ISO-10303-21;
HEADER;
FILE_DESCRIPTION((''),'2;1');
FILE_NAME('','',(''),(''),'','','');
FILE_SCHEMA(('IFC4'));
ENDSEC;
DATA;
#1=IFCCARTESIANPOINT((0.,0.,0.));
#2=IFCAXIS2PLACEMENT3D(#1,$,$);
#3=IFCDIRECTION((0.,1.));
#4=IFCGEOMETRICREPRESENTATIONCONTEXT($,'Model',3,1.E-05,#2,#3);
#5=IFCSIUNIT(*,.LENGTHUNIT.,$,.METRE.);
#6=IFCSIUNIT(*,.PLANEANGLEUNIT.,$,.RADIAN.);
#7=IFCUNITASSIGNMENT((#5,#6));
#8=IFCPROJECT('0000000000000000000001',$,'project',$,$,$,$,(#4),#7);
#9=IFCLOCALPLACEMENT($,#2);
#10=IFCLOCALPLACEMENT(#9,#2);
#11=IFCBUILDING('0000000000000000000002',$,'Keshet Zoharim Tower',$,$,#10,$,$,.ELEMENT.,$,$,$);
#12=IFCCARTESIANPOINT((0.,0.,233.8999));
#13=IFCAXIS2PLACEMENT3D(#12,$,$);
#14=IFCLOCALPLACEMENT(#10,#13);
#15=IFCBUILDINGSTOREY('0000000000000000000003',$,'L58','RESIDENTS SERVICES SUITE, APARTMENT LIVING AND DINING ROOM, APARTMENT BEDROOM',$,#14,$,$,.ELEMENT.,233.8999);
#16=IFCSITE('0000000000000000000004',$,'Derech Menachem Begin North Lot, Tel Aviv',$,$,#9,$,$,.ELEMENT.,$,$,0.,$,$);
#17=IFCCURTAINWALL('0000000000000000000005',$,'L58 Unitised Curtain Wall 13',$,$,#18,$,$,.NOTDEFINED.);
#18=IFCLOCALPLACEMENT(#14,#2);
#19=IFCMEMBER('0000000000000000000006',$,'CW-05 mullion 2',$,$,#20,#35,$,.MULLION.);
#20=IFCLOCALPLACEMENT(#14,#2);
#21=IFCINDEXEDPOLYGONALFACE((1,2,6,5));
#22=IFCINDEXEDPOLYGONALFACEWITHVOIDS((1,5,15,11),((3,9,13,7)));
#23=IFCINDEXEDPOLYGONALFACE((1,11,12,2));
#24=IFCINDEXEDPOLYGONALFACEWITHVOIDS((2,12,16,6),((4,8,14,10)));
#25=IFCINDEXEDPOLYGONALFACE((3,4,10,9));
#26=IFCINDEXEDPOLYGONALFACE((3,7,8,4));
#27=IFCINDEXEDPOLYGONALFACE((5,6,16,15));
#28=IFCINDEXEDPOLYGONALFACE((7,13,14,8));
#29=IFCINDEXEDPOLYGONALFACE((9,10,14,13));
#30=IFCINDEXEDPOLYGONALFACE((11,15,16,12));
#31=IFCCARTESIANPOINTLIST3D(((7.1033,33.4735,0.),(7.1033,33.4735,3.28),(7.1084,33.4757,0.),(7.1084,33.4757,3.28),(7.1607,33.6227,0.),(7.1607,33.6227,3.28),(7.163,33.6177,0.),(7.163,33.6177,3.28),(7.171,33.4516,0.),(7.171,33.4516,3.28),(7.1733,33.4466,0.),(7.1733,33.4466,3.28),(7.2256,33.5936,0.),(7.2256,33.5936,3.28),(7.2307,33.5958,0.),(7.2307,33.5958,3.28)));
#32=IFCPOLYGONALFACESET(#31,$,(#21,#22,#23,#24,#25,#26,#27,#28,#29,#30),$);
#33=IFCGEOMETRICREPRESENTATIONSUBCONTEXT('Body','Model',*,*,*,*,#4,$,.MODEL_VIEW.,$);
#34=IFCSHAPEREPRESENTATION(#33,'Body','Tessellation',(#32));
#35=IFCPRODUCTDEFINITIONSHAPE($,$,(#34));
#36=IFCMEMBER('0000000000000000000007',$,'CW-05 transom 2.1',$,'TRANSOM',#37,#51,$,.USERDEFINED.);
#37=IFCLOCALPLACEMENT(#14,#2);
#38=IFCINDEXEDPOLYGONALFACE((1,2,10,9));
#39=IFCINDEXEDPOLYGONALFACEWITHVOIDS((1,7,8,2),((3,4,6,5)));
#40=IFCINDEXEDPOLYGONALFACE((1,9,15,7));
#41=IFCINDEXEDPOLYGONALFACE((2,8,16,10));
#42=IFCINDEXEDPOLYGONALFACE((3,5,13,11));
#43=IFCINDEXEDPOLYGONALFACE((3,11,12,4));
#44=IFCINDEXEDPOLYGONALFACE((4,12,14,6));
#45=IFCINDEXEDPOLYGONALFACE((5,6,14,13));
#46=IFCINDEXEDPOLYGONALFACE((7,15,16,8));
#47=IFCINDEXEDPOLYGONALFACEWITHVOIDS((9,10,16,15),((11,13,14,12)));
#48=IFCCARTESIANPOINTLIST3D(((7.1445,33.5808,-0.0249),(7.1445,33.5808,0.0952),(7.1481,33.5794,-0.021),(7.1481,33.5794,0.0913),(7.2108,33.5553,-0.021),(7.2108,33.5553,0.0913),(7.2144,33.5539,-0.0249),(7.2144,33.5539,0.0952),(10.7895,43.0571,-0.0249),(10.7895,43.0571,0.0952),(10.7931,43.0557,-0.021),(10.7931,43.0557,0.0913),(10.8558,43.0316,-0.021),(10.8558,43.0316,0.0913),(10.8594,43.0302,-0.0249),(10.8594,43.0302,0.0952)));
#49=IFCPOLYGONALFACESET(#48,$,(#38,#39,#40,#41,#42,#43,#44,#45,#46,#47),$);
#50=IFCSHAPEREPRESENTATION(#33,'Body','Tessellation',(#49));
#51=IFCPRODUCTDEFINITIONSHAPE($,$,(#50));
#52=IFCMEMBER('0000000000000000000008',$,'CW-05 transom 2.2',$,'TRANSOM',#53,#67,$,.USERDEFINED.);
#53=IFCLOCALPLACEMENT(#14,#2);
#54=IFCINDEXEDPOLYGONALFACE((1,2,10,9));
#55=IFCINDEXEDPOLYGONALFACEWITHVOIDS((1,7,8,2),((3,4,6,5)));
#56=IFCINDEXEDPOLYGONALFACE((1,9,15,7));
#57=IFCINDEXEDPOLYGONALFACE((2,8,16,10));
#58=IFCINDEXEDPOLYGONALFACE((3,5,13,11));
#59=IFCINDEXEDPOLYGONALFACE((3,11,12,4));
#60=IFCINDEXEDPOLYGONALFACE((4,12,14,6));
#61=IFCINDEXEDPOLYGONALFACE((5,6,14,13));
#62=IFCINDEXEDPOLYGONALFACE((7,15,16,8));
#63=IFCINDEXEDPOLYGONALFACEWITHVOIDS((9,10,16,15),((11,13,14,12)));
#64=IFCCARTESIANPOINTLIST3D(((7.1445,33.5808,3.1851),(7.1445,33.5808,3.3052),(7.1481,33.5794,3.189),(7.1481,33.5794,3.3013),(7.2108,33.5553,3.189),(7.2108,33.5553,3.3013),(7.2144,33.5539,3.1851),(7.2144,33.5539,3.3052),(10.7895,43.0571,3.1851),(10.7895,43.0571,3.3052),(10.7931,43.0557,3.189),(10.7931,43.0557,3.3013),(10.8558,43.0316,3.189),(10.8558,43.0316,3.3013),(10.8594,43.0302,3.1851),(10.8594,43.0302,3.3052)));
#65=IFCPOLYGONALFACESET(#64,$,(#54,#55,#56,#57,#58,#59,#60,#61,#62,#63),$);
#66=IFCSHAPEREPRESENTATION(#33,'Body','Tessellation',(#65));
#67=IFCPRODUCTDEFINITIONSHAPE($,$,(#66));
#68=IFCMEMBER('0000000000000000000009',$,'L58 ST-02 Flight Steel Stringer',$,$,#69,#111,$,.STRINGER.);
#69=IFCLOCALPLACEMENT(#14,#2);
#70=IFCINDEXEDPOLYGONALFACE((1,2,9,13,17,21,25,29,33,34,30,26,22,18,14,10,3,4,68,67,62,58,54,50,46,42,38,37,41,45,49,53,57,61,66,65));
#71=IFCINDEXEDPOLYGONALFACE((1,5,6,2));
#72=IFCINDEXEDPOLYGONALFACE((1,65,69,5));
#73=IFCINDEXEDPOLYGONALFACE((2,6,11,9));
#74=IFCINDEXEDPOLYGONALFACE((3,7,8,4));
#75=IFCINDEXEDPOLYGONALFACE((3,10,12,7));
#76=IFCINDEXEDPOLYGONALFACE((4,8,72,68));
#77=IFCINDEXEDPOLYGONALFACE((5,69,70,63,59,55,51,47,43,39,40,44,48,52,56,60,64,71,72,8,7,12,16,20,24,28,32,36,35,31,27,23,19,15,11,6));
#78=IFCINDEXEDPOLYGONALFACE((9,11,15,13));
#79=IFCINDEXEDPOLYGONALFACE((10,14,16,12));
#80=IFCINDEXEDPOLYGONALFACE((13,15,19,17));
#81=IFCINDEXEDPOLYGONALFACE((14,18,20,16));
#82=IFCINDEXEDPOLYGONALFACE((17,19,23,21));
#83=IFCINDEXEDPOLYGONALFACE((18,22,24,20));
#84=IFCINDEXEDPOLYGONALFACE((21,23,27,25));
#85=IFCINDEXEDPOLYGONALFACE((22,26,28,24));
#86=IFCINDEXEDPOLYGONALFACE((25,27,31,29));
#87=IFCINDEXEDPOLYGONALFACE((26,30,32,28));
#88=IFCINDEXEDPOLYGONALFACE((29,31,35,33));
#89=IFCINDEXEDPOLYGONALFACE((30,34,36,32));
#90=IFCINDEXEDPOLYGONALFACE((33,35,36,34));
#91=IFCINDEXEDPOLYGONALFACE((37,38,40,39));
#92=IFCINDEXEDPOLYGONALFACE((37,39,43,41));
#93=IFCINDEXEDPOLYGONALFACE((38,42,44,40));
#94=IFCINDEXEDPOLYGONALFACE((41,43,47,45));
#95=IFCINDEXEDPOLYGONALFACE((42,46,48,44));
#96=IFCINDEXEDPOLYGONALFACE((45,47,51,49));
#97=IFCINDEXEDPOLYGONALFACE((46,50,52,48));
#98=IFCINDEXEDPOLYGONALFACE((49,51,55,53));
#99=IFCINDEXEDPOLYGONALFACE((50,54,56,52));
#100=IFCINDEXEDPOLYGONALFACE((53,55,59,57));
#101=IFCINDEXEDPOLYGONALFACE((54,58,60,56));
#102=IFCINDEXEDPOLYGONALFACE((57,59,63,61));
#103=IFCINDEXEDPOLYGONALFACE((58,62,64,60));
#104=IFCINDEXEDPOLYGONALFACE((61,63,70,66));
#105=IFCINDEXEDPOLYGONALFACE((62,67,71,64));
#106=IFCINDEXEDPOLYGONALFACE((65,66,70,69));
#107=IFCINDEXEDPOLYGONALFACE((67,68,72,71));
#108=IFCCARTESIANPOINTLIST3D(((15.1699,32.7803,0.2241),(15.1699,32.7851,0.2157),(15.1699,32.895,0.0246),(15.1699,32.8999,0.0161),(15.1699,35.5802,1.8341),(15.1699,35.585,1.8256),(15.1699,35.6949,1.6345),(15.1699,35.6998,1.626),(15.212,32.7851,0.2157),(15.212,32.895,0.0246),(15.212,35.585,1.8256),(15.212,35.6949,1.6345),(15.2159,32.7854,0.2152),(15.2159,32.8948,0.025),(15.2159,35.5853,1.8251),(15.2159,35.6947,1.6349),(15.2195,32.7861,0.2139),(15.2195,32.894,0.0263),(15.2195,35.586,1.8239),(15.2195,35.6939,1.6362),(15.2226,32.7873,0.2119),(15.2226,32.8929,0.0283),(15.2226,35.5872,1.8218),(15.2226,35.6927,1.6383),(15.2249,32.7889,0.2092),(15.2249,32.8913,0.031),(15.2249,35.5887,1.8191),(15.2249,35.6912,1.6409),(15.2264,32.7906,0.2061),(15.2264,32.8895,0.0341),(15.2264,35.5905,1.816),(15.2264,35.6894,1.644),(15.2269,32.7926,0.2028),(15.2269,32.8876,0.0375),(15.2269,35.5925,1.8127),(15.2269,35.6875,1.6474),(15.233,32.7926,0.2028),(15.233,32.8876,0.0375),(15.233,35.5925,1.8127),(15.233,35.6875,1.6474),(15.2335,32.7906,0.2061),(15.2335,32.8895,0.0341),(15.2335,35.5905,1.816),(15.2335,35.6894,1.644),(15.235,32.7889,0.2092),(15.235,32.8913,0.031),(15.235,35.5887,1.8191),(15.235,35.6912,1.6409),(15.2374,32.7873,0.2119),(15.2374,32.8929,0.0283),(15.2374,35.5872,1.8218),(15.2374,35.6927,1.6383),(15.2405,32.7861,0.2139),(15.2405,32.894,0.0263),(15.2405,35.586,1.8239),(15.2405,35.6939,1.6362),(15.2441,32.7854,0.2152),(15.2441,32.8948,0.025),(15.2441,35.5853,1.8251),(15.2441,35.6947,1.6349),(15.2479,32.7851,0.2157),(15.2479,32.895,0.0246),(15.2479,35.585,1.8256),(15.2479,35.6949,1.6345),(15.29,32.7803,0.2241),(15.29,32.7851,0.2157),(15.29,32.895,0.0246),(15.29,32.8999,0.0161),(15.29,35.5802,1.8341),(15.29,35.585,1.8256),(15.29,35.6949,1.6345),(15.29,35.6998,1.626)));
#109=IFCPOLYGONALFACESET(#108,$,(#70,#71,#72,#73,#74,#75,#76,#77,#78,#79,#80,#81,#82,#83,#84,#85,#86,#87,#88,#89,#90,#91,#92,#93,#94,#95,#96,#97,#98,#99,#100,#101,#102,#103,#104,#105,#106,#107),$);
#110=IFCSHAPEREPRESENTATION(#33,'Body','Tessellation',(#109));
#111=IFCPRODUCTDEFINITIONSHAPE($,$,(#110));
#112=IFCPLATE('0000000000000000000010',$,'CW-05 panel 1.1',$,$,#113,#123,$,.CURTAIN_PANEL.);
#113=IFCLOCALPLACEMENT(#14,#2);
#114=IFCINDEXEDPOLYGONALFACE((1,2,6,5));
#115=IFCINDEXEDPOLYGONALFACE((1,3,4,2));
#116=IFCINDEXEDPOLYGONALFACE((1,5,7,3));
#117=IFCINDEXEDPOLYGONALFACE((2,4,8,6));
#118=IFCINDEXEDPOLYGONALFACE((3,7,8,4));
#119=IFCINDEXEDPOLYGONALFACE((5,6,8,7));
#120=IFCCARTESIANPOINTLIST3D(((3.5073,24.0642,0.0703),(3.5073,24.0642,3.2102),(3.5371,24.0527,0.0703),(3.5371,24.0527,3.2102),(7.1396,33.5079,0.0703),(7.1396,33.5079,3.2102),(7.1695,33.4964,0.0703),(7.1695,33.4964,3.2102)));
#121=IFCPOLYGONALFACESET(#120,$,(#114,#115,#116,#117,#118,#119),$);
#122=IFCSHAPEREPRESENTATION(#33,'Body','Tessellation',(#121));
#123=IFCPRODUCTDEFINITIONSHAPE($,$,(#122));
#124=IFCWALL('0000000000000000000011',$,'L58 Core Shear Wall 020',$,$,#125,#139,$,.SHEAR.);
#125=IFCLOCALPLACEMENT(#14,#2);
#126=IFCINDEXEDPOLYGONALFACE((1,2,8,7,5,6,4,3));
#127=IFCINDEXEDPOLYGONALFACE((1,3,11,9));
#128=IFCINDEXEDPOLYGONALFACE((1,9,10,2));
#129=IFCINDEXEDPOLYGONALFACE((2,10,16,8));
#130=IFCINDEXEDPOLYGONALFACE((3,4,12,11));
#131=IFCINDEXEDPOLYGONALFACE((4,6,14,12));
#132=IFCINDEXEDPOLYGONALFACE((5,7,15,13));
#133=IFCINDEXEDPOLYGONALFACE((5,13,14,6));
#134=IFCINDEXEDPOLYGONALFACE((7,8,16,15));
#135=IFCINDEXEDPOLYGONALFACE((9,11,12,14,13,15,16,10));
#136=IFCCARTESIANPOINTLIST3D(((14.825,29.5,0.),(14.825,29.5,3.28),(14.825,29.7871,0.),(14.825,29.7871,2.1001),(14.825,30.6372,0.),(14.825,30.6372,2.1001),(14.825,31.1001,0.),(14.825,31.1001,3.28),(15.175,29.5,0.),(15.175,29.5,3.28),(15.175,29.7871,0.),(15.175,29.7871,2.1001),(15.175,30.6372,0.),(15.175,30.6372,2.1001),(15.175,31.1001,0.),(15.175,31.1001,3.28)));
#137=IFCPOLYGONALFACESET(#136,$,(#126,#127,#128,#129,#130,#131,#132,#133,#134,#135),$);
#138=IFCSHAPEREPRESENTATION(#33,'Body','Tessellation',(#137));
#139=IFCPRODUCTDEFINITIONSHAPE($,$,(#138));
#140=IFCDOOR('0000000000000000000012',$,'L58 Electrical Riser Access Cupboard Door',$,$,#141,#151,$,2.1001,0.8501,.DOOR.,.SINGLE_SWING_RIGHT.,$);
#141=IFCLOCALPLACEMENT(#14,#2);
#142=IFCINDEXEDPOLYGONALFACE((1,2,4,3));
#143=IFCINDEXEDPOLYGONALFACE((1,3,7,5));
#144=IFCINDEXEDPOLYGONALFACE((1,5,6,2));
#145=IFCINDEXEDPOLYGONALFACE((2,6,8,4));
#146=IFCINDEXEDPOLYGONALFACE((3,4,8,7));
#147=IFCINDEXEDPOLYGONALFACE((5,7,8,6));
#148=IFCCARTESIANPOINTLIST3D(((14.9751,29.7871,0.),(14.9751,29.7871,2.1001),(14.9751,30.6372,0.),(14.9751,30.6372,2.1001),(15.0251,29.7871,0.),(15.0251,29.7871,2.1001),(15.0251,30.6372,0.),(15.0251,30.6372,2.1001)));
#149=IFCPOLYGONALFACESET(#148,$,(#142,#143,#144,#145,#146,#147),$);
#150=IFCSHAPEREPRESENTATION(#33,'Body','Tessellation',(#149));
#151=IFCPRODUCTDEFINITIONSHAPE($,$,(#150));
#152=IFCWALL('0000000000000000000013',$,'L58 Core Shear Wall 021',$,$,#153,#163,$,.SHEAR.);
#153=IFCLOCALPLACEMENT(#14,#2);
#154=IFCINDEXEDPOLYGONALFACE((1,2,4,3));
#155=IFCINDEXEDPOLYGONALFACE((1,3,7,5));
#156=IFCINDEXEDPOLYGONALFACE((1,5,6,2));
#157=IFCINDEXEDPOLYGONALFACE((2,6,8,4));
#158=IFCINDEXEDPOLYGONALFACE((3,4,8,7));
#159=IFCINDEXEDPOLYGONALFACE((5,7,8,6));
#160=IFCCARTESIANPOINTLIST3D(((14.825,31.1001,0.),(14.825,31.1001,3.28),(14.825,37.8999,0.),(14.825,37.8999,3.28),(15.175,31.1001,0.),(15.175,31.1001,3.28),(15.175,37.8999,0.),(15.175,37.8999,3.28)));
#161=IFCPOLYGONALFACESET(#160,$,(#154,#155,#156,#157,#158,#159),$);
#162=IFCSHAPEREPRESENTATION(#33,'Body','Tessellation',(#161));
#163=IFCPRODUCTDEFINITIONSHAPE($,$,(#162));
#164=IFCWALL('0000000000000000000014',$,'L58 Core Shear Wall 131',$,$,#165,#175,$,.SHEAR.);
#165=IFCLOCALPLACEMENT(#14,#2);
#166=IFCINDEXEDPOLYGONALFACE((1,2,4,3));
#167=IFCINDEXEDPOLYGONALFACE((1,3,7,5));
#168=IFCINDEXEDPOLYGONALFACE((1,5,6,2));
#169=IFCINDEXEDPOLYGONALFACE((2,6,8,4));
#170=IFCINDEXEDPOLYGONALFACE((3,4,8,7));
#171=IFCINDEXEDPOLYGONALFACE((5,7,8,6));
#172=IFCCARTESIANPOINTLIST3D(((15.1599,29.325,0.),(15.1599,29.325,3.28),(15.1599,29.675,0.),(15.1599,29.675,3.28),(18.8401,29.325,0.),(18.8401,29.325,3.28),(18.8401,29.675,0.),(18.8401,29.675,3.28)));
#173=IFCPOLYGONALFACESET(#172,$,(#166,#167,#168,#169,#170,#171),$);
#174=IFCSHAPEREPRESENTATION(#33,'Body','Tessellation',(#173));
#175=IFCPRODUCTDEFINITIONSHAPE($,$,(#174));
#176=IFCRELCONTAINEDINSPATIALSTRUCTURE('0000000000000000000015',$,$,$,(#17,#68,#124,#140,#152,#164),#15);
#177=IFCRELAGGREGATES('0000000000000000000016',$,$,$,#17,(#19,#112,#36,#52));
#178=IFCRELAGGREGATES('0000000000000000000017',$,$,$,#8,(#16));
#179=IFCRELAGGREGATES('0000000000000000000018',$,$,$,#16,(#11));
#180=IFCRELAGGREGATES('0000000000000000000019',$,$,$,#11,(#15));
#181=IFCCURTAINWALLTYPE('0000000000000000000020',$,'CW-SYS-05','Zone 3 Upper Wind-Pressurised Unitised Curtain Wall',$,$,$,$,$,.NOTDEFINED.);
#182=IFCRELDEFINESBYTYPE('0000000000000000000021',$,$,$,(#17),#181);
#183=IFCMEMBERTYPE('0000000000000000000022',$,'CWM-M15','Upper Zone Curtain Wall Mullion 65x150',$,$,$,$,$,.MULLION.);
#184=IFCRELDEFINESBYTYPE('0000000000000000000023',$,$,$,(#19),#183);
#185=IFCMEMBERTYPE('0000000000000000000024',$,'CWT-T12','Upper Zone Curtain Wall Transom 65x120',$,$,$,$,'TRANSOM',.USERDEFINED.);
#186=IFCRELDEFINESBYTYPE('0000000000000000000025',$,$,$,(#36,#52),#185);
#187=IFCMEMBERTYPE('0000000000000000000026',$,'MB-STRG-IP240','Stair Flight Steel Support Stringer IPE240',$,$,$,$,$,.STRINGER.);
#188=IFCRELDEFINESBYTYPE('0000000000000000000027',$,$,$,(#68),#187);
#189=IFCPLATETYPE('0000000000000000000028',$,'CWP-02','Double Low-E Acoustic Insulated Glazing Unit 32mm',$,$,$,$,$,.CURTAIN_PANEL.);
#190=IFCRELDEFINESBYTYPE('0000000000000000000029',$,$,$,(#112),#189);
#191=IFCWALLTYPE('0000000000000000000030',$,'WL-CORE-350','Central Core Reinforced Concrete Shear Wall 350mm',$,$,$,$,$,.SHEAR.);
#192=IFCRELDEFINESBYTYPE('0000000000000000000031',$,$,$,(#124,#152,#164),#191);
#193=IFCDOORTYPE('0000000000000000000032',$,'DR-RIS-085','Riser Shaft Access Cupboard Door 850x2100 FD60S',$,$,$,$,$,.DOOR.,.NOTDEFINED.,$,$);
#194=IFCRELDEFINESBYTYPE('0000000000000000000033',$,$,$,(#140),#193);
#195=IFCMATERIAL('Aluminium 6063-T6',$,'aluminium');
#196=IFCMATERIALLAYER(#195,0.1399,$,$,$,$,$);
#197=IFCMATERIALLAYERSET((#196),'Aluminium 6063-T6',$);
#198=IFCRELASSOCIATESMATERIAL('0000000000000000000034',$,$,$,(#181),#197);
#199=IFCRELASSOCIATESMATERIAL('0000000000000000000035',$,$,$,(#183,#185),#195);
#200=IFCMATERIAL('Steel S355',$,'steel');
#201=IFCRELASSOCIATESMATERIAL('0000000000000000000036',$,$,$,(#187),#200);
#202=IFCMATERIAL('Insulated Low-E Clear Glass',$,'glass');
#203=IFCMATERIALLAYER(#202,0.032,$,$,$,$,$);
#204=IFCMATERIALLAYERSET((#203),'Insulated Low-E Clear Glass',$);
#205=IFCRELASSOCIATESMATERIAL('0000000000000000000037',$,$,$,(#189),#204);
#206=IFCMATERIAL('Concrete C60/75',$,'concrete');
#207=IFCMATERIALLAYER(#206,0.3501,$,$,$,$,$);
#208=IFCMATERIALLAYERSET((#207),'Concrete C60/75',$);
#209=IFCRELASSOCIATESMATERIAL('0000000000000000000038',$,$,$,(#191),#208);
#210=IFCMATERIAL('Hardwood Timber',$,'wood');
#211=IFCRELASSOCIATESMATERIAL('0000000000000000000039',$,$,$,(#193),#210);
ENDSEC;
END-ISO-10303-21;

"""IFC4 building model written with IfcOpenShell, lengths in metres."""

from ifc_helpers import new_model, si_unit, direction, frame, frame_2d, origin, origin_2d, place, context, subcontext, project, spatial, rectangle, hollow_rectangle, i_section, extrude, material, layer, layer_set, material_profile, profile_set, type_object, element, fill, aggregate, save


model = new_model("IFC4")

# Units and contexts
model_context = context("Model", 3, precision=1e-05, world=origin(), true_north=direction((0.0, 1.0)))
body_context = subcontext(model_context, "Body", "Model", "MODEL_VIEW")
ifc_project = project(units=[si_unit("LENGTHUNIT", "METRE"), si_unit("PLANEANGLEUNIT", "RADIAN")], contexts=[model_context])

# Site, building, storey
site_placement = place(None, origin())
site = spatial("IfcSite", under=ifc_project, at=site_placement, Name="Derech Menachem Begin North Lot, Tel Aviv", CompositionType="ELEMENT", RefElevation=0.0)
building_placement = place(site_placement, origin())
building = spatial("IfcBuilding", under=site, at=building_placement, Name="Keshet Zoharim Tower", CompositionType="ELEMENT")
storey_placement = place(building_placement, frame((0.0, 0.0, 233.8999)))
storey = spatial("IfcBuildingStorey", under=building, at=storey_placement, Name="L58", Description="RESIDENTS SERVICES SUITE, APARTMENT LIVING AND DINING ROOM, APARTMENT BEDROOM", CompositionType="ELEMENT", Elevation=233.8999)

# Curtain wall, members
ifc_material_1 = material(Name="Aluminium 6063-T6", Category="aluminium")
ifc_layer_1 = layer(ifc_material_1, 0.1399)
ifc_layer_set_1 = layer_set([ifc_layer_1], Name="Aluminium 6063-T6")
curtain_wall_type = type_object("IfcCurtainWallType", Name="CW-SYS-05", Description="Zone 3 Upper Wind-Pressurised Unitised Curtain Wall", PredefinedType="NOTDEFINED", material=ifc_layer_set_1)
curtain_wall_placement = place(storey_placement, origin())
curtain_wall = element("IfcCurtainWall", 1, at=curtain_wall_placement, inside=storey, type_object=curtain_wall_type, Name="L58 Unitised Curtain Wall 13", PredefinedType="NOTDEFINED")
ifc_material_profile_1 = material_profile(ifc_material_1, hollow_rectangle(XDim=0.075, YDim=0.1599, WallThickness=0.0039, at=origin_2d()), Name="MUL-75x160")
ifc_profile_set_1 = profile_set([ifc_material_profile_1], Name="Aluminium 6063-T6")
member_type_1 = type_object("IfcMemberType", Name="CWM-M15", Description="Upper Zone Curtain Wall Mullion 65x150", PredefinedType="MULLION", material=ifc_profile_set_1)
member_1_placement = place(storey_placement, frame((7.167, 33.5347, 0.0), z_axis=(0.0, 0.0, 1.0), x_axis=(-0.933341, 0.35899, 0.0)))
member_1 = element("IfcMember", 2, at=member_1_placement, type_object=member_type_1, Name="CW-05 mullion 2", PredefinedType="MULLION", context=body_context, shape_type="SweptSolid", body=[
    extrude(hollow_rectangle(XDim=0.075, YDim=0.1599, WallThickness=0.0039, at=origin_2d()), origin(), (0.0, 0.0, 1.0), 3.28),
])
ifc_material_profile_2 = material_profile(ifc_material_1, hollow_rectangle(XDim=0.075, YDim=0.1201, WallThickness=0.0039, at=origin_2d()), Name="TRN-75x120")
ifc_profile_set_2 = profile_set([ifc_material_profile_2], Name="Aluminium 6063-T6")
member_type_2 = type_object("IfcMemberType", Name="CWT-T12", Description="Upper Zone Curtain Wall Transom 65x120", ElementType="TRANSOM", PredefinedType="USERDEFINED", material=ifc_profile_set_2)
member_2_placement = place(storey_placement, frame((7.1794, 33.5674, 0.0352), z_axis=(0.359003, 0.933336, 0.0), x_axis=(-0.933336, 0.359003, 0.0)))
member_2 = element("IfcMember", 3, at=member_2_placement, type_object=member_type_2, Name="CW-05 transom 2.1", ObjectType="TRANSOM", PredefinedType="USERDEFINED", context=body_context, shape_type="SweptSolid", body=[
    extrude(hollow_rectangle(XDim=0.075, YDim=0.1201, WallThickness=0.0039, at=origin_2d()), origin(), (0.0, 0.0, 1.0), 10.1531),
])
member_3_placement = place(storey_placement, frame((7.1794, 33.5674, 3.2451), z_axis=(0.359003, 0.933336, 0.0), x_axis=(-0.933336, 0.359003, 0.0)))
member_3 = element("IfcMember", 4, at=member_3_placement, type_object=member_type_2, Name="CW-05 transom 2.2", ObjectType="TRANSOM", PredefinedType="USERDEFINED", context=body_context, shape_type="SweptSolid", body=[
    extrude(hollow_rectangle(XDim=0.075, YDim=0.1201, WallThickness=0.0039, at=origin_2d()), origin(), (0.0, 0.0, 1.0), 10.1531),
])

# Member
ifc_material_2 = material(Name="Steel S355", Category="steel")
ifc_material_profile_3 = material_profile(ifc_material_2, i_section(OverallWidth=0.1201, OverallDepth=0.24, WebThickness=0.0061, FlangeThickness=0.0098, FilletRadius=0.0149, at=origin_2d()), Name="IPE240")
ifc_profile_set_3 = profile_set([ifc_material_profile_3], Name="Steel S355")
member_type_3 = type_object("IfcMemberType", Name="MB-STRG-IP240", Description="Stair Flight Steel Support Stringer IPE240", PredefinedType="STRINGER", material=ifc_profile_set_3)
member_4_placement = place(storey_placement, frame((15.23, 32.8401, 0.1201), z_axis=(0.0, 0.86691, 0.498465), x_axis=(-1.0, 0.0, 0.0)))
element("IfcMember", 5, at=member_4_placement, inside=storey, type_object=member_type_3, Name="L58 ST-02 Flight Steel Stringer", PredefinedType="STRINGER", context=body_context, shape_type="SweptSolid", body=[
    extrude(i_section(OverallWidth=0.1201, OverallDepth=0.24, WebThickness=0.0061, FlangeThickness=0.0098, FilletRadius=0.0149, at=origin_2d()), origin(), (0.0, 0.0, 1.0), 3.2297),
])

# Plate
ifc_material_3 = material(Name="Insulated Low-E Clear Glass", Category="glass")
ifc_layer_2 = layer(ifc_material_3, 0.032)
ifc_layer_set_2 = layer_set([ifc_layer_2], Name="Insulated Low-E Clear Glass")
plate_type = type_object("IfcPlateType", Name="CWP-02", Description="Double Low-E Acoustic Insulated Glazing Unit 32mm", PredefinedType="CURTAIN_PANEL", material=ifc_layer_set_2)
plate_placement = place(storey_placement, frame((5.3384, 28.7803, 0.0703), z_axis=(0.0, 0.0, 1.0), x_axis=(0.35899, 0.933341, 0.0)))
plate = element("IfcPlate", 6, at=plate_placement, type_object=plate_type, Name="CW-05 panel 1.1", PredefinedType="CURTAIN_PANEL", context=body_context, shape_type="SweptSolid", body=[
    extrude(rectangle(XDim=10.1182, YDim=0.032, at=origin_2d()), origin(), (0.0, 0.0, 1.0), 3.1399),
])
aggregate(curtain_wall, [member_1, plate, member_2, member_3])

# Wall, opening, door
ifc_material_4 = material(Name="Concrete C60/75", Category="concrete")
ifc_layer_3 = layer(ifc_material_4, 0.3501)
ifc_layer_set_3 = layer_set([ifc_layer_3], Name="Concrete C60/75")
wall_type_1 = type_object("IfcWallType", Name="WL-CORE-350", Description="Central Core Reinforced Concrete Shear Wall 350mm", PredefinedType="SHEAR", material=ifc_layer_set_3)
wall_1_placement = place(storey_placement, frame((15.0, 29.5, 0.0), z_axis=(0.0, 0.0, 1.0), x_axis=(0.0, 1.0, 0.0)))
wall_1 = element("IfcWall", 7, at=wall_1_placement, inside=storey, type_object=wall_type_1, Name="L58 Core Shear Wall 020", PredefinedType="SHEAR", context=body_context, shape_type="SweptSolid", body=[
    extrude(rectangle(XDim=1.6001, YDim=0.3501, at=frame_2d((0.8, 0.0))), origin(), (0.0, 0.0, 1.0), 3.28),
])
opening_1_placement = place(wall_1_placement, frame((0.2871, 0.0, 0.0)))
opening_1 = element("IfcOpeningElement", 8, at=opening_1_placement, cuts=wall_1, PredefinedType="OPENING", context=body_context, shape_type="SweptSolid", body=[
    extrude(rectangle(XDim=0.8501, YDim=2.1001, at=frame_2d((0.425, 1.05))), frame((0.0, 0.1851, 0.0), z_axis=(0.0, -1.0, 0.0), x_axis=(1.0, 0.0, 0.0)), (0.0, 0.0, 1.0), 0.3701),
])
ifc_material_5 = material(Name="Hardwood Timber", Category="wood")
door_type_1 = type_object("IfcDoorType", Name="DR-RIS-085", Description="Riser Shaft Access Cupboard Door 850x2100 FD60S", OperationType="NOTDEFINED", PredefinedType="DOOR", material=ifc_material_5)
door_1_placement = place(opening_1_placement, origin())
door_1 = element("IfcDoor", 9, at=door_1_placement, inside=storey, type_object=door_type_1, Name="L58 Electrical Riser Access Cupboard Door", OperationType="SINGLE_SWING_RIGHT", OverallHeight=2.1001, OverallWidth=0.8501, PredefinedType="DOOR", context=body_context, shape_type="SweptSolid", body=[
    extrude(rectangle(XDim=0.8501, YDim=2.1001, at=frame_2d((0.425, 1.05))), frame((0.0, 0.0249, 0.0), z_axis=(0.0, -1.0, 0.0), x_axis=(1.0, 0.0, 0.0)), (0.0, 0.0, 1.0), 0.05),
])
fill(opening_1, door_1)

# Walls
wall_2_placement = place(storey_placement, frame((15.0, 31.1001, 0.0), z_axis=(0.0, 0.0, 1.0), x_axis=(0.0, 1.0, 0.0)))
element("IfcWall", 10, at=wall_2_placement, inside=storey, type_object=wall_type_1, Name="L58 Core Shear Wall 021", PredefinedType="SHEAR", context=body_context, shape_type="SweptSolid", body=[
    extrude(rectangle(XDim=6.7998, YDim=0.3501, at=frame_2d((3.3999, 0.0))), origin(), (0.0, 0.0, 1.0), 3.28),
])
for number, where, z_axis, x_axis, name in (
    (11, (15.1599, 29.5, 0.0), (0.0, 0.0, 1.0), (1.0, 0.0, 0.0), "L58 Core Shear Wall 131"),
):
    element("IfcWall", number, at=place(storey_placement, frame(where, z_axis=z_axis, x_axis=x_axis)), inside=storey, type_object=wall_type_1, Name=name, PredefinedType="SHEAR", context=body_context, shape_type="SweptSolid", body=[
        extrude(rectangle(XDim=3.6802, YDim=0.3501, at=frame_2d((1.8401, 0.0))), origin(), (0.0, 0.0, 1.0), 3.28),
    ])

save(model, "model.ifc")
